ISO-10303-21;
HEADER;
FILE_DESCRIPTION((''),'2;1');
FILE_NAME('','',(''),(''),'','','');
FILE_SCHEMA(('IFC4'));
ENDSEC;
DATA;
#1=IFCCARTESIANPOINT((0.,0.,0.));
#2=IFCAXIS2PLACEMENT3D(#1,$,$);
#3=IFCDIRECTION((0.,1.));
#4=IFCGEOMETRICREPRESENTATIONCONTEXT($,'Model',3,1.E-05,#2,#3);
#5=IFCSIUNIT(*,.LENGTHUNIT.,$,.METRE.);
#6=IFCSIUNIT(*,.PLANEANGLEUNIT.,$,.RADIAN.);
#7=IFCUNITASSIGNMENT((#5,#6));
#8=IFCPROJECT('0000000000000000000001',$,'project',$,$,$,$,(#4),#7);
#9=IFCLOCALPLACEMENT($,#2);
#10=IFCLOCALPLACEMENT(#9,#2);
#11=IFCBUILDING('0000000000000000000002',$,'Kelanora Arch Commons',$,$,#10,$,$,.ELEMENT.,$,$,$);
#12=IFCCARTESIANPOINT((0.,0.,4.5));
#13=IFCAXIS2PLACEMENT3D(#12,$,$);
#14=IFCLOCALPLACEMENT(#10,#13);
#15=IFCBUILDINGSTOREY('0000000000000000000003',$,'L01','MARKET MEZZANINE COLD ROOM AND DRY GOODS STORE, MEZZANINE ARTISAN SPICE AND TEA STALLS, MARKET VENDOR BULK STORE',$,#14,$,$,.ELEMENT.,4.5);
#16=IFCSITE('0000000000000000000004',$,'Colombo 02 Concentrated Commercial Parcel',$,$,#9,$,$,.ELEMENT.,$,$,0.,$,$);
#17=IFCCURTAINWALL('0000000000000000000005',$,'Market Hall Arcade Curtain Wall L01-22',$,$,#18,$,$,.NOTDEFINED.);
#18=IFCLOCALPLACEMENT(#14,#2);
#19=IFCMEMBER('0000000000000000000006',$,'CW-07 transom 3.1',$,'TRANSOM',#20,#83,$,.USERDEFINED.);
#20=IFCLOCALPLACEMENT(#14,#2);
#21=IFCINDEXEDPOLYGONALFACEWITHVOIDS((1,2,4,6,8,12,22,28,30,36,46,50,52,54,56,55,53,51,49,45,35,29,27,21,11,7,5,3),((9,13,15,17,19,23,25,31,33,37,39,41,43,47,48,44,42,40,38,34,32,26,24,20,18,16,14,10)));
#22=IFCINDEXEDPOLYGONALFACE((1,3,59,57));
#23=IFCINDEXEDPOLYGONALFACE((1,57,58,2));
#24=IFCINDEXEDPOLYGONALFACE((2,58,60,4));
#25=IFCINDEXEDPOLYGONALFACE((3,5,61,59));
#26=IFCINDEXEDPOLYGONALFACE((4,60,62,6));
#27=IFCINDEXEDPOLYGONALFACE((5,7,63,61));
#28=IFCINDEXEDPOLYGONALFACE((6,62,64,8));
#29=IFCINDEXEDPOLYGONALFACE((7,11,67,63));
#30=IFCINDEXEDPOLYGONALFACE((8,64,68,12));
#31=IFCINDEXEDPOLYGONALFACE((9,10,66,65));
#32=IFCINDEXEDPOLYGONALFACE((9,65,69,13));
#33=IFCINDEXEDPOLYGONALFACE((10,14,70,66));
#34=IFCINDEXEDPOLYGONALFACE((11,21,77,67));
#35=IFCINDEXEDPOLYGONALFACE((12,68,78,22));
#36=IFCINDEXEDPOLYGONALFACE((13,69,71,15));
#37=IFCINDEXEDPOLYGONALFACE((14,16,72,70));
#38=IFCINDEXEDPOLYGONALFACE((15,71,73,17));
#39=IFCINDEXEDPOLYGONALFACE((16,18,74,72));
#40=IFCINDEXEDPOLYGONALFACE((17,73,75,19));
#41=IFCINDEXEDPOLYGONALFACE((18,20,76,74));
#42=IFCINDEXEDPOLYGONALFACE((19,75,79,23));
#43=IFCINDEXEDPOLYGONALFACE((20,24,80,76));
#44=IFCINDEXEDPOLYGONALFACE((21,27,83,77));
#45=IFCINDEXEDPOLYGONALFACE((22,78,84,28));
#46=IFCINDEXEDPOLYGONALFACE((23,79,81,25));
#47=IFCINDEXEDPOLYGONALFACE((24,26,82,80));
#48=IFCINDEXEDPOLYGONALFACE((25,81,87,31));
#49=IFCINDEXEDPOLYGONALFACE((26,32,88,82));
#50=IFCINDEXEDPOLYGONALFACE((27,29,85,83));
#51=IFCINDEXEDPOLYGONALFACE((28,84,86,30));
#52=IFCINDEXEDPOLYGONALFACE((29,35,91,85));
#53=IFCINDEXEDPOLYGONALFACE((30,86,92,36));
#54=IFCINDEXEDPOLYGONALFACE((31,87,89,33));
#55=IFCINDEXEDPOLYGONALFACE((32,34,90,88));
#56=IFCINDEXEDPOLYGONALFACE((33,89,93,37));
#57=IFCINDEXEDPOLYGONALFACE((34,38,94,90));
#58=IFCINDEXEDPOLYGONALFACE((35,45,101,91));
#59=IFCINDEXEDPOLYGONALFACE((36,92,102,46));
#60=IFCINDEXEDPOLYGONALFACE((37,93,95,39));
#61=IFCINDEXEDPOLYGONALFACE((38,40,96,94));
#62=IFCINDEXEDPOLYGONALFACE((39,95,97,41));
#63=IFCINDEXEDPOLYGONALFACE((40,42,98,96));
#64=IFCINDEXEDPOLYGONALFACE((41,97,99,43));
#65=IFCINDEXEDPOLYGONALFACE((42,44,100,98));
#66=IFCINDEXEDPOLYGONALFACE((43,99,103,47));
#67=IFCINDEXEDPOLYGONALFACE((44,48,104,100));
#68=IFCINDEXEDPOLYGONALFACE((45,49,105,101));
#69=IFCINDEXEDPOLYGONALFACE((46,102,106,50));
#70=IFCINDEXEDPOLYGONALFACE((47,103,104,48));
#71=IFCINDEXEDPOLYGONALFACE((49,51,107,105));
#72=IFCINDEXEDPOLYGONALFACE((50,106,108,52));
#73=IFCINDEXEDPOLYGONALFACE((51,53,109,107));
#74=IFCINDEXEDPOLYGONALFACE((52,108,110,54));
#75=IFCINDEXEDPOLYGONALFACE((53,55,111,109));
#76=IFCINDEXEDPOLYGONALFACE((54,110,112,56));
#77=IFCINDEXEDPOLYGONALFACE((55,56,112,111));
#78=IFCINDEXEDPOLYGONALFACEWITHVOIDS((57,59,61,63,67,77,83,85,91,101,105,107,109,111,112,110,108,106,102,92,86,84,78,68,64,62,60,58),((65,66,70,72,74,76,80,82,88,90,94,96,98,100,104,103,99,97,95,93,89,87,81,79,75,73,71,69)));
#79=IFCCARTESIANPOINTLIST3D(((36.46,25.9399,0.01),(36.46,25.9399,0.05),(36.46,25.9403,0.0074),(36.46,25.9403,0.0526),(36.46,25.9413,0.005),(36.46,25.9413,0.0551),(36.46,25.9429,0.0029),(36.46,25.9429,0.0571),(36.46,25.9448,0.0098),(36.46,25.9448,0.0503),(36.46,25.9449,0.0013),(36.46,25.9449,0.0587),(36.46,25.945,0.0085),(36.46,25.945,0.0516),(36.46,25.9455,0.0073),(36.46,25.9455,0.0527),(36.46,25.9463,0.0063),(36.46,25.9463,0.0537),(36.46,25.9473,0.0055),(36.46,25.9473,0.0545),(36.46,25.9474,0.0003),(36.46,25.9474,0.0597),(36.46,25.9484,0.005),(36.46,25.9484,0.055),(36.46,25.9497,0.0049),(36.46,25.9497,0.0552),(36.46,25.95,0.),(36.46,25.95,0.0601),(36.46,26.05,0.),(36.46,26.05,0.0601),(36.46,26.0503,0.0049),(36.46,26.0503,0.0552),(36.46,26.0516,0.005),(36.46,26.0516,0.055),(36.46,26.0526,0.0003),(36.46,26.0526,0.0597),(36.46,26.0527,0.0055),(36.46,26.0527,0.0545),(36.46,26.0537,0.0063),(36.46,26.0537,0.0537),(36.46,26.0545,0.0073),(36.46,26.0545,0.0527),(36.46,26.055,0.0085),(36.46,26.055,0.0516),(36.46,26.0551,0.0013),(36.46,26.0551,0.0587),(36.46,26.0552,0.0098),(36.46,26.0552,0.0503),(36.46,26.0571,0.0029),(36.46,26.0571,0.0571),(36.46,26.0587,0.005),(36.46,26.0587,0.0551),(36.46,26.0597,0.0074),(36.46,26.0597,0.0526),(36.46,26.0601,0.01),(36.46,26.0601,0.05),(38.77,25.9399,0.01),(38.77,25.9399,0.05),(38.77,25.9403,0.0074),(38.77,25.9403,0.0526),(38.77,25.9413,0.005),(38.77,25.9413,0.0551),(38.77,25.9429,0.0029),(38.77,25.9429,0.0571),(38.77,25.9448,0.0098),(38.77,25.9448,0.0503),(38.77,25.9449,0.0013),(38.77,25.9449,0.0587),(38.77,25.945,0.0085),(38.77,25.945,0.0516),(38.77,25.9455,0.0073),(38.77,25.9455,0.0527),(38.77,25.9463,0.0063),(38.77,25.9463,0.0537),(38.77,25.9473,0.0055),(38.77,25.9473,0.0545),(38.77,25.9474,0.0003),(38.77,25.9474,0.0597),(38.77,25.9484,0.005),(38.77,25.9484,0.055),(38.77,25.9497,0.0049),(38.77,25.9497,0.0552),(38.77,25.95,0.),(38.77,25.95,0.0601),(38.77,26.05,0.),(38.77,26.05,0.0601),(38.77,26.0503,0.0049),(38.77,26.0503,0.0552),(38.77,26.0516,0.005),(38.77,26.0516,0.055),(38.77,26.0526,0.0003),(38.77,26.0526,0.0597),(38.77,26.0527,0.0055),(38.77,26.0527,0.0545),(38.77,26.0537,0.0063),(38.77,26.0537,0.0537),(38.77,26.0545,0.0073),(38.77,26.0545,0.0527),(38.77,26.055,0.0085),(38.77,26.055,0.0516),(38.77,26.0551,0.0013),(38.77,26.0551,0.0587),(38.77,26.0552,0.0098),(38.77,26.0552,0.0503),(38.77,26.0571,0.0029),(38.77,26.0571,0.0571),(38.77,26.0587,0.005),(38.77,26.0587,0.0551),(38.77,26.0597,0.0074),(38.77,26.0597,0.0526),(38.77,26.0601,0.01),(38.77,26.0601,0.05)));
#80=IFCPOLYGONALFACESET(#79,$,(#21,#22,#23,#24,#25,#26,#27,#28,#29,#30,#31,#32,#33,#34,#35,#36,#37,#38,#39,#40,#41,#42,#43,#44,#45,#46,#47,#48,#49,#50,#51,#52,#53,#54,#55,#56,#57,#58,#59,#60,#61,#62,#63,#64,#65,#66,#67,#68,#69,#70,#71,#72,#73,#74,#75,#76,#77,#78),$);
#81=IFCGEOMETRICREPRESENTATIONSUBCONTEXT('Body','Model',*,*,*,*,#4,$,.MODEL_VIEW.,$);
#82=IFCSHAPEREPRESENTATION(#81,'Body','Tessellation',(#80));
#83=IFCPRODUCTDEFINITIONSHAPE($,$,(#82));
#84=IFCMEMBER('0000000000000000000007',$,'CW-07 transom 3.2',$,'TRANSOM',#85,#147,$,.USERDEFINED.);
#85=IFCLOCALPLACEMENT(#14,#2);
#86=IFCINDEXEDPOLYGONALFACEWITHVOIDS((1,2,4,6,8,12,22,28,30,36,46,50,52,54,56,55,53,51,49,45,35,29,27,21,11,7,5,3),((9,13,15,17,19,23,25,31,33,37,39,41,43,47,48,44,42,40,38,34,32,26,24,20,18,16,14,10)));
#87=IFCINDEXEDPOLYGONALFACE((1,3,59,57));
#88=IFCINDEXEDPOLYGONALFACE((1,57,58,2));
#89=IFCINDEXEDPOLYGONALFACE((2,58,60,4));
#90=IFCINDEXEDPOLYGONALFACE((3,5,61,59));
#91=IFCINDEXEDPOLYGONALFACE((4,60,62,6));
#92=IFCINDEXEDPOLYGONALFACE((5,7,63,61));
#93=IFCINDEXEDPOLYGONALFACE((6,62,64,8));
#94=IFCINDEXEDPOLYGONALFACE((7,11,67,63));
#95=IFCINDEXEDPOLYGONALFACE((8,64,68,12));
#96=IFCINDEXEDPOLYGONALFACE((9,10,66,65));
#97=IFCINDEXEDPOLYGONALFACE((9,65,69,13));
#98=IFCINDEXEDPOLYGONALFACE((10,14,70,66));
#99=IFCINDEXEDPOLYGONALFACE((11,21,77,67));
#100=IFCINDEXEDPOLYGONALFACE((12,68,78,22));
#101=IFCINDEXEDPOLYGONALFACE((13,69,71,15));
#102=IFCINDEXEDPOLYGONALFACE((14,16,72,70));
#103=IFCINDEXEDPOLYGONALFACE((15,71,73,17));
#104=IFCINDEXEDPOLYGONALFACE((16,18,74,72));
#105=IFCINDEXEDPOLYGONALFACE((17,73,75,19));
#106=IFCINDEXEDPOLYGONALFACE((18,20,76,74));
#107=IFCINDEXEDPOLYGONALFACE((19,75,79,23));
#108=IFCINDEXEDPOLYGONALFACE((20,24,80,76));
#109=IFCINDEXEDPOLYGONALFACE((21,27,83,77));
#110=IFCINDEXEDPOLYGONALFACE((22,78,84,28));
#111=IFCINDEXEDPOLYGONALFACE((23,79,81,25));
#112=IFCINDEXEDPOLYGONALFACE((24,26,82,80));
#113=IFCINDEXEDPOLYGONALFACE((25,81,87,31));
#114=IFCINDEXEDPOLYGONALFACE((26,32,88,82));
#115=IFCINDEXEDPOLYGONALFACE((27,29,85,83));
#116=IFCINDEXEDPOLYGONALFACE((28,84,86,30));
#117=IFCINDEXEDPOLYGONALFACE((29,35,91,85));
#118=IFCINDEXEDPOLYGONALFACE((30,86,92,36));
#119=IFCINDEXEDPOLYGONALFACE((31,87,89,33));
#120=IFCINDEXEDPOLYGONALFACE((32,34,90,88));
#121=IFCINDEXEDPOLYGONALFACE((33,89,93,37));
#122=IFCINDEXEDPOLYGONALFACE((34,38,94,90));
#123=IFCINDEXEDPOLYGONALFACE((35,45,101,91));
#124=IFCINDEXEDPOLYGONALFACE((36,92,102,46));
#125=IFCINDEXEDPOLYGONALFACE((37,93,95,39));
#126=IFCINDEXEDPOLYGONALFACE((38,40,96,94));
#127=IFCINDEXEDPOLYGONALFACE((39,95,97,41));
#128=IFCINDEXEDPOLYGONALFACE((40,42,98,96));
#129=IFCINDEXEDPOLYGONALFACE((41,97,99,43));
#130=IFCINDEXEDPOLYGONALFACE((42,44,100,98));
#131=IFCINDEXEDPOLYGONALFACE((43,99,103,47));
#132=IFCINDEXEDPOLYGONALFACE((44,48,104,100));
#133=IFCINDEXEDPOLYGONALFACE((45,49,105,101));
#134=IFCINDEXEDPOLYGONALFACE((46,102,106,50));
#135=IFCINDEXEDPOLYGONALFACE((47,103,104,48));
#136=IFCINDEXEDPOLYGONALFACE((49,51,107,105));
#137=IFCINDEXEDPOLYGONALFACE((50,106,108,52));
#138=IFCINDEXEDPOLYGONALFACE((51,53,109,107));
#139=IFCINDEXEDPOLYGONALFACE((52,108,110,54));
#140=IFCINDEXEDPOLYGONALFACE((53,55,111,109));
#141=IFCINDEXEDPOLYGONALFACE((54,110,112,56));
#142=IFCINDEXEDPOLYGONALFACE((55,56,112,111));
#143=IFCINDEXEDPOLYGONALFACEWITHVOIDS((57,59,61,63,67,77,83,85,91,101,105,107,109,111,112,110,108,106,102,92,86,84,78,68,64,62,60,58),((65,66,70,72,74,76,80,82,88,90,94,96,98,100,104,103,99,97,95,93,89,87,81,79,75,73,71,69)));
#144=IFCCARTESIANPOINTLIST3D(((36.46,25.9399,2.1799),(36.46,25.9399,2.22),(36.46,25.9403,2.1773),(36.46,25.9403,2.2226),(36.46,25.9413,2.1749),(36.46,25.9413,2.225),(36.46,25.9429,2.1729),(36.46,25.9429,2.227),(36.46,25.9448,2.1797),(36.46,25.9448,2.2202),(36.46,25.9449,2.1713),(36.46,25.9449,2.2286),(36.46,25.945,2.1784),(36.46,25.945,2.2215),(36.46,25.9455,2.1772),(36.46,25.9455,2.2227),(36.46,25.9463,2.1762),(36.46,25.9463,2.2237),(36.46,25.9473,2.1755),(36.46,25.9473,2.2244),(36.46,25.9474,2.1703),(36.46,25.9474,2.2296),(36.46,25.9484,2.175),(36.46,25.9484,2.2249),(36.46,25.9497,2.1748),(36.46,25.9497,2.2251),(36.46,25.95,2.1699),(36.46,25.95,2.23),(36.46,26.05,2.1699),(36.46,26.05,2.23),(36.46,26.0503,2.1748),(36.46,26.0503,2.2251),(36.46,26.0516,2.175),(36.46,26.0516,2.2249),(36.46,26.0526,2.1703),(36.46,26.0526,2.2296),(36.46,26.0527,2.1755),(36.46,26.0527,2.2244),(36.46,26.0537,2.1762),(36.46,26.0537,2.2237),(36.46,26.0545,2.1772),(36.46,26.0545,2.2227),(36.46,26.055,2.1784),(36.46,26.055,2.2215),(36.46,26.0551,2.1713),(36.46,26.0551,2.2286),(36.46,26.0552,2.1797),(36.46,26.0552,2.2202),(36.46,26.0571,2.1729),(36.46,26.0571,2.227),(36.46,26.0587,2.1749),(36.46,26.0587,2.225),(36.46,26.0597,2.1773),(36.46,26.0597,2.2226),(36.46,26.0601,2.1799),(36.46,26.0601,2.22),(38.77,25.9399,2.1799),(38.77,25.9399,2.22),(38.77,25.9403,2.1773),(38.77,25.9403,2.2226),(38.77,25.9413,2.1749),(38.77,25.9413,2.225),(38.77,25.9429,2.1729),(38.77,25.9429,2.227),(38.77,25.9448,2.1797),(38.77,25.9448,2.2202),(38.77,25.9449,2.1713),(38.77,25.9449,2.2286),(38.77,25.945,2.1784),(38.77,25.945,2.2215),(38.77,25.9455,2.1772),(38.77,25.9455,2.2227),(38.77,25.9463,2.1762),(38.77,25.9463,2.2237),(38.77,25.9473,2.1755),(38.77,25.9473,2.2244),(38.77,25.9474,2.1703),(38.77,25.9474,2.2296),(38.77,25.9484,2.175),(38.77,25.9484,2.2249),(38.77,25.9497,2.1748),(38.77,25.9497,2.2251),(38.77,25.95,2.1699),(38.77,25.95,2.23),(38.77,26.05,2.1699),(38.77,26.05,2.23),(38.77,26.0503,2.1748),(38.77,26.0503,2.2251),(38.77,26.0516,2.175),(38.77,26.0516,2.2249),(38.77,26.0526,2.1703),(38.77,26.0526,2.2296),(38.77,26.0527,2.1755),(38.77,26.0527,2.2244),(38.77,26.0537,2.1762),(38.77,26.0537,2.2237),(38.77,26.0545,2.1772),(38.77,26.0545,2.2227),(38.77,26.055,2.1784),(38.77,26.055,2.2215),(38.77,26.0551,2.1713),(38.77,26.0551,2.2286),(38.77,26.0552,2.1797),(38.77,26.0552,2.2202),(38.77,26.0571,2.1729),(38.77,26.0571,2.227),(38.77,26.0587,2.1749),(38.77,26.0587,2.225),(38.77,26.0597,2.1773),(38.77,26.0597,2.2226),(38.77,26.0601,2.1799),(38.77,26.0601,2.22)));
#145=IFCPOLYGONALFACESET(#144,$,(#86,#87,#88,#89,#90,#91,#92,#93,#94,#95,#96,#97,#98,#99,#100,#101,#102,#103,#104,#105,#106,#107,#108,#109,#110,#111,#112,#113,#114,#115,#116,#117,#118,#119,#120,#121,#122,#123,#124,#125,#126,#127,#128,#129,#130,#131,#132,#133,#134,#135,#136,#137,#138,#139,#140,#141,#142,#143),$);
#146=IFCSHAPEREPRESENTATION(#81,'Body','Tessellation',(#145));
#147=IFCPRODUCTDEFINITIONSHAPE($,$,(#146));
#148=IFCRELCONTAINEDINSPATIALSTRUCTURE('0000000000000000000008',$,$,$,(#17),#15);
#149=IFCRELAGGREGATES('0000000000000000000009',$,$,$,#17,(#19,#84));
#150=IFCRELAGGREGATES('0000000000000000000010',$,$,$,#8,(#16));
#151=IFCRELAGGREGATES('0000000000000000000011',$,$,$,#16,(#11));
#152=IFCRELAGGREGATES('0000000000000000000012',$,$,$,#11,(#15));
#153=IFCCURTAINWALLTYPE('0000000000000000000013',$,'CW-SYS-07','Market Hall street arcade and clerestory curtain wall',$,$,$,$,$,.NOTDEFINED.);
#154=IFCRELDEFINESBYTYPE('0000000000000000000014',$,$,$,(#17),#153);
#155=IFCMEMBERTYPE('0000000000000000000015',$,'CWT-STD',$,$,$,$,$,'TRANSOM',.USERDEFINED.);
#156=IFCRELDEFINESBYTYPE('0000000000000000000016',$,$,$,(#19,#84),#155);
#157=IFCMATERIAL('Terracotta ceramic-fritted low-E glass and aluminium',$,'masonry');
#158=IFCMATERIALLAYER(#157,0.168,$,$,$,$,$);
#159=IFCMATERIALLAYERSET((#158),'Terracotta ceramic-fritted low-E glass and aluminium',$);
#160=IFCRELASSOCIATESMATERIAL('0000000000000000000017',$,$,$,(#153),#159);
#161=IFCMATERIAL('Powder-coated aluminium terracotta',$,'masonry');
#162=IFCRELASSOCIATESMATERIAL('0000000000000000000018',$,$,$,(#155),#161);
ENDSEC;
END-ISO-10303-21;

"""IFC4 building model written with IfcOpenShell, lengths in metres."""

from ifc_helpers import new_model, si_unit, direction, frame, origin, origin_2d, place, context, subcontext, project, spatial, hollow_rectangle, extrude, material, layer, layer_set, material_profile, profile_set, type_object, element, aggregate, save


model = new_model("IFC4")

# Units and contexts
model_context = context("Model", 3, precision=1e-05, world=origin(), true_north=direction((0.0, 1.0)))
body_context = subcontext(model_context, "Body", "Model", "MODEL_VIEW")
ifc_project = project(units=[si_unit("LENGTHUNIT", "METRE"), si_unit("PLANEANGLEUNIT", "RADIAN")], contexts=[model_context])

# Site, building, storey
site_placement = place(None, origin())
site = spatial("IfcSite", under=ifc_project, at=site_placement, Name="Colombo 02 Concentrated Commercial Parcel", CompositionType="ELEMENT", RefElevation=0.0)
building_placement = place(site_placement, origin())
building = spatial("IfcBuilding", under=site, at=building_placement, Name="Kelanora Arch Commons", CompositionType="ELEMENT")
storey_placement = place(building_placement, frame((0.0, 0.0, 4.5)))
storey = spatial("IfcBuildingStorey", under=building, at=storey_placement, Name="L01", Description="MARKET MEZZANINE COLD ROOM AND DRY GOODS STORE, MEZZANINE ARTISAN SPICE AND TEA STALLS, MARKET VENDOR BULK STORE", CompositionType="ELEMENT", Elevation=4.5)

# Curtain wall, members
ifc_material_1 = material(Name="Terracotta ceramic-fritted low-E glass and aluminium", Category="masonry")
ifc_layer_1 = layer(ifc_material_1, 0.168)
ifc_layer_set_1 = layer_set([ifc_layer_1], Name="Terracotta ceramic-fritted low-E glass and aluminium")
curtain_wall_type = type_object("IfcCurtainWallType", Name="CW-SYS-07", Description="Market Hall street arcade and clerestory curtain wall", PredefinedType="NOTDEFINED", material=ifc_layer_set_1)
curtain_wall_placement = place(storey_placement, origin())
curtain_wall = element("IfcCurtainWall", 1, at=curtain_wall_placement, inside=storey, type_object=curtain_wall_type, Name="Market Hall Arcade Curtain Wall L01-22", PredefinedType="NOTDEFINED")
ifc_material_2 = material(Name="Powder-coated aluminium terracotta", Category="masonry")
ifc_material_profile_1 = material_profile(ifc_material_2, hollow_rectangle(XDim=0.1201, YDim=0.0601, WallThickness=0.0049, InnerFilletRadius=0.0049, OuterFilletRadius=0.01, at=origin_2d()), Name="CWT120x60")
ifc_profile_set_1 = profile_set([ifc_material_profile_1], Name="Powder-coated aluminium terracotta")
member_type_1 = type_object("IfcMemberType", Name="CWT-STD", ElementType="TRANSOM", PredefinedType="USERDEFINED", material=ifc_profile_set_1)
member_1_placement = place(storey_placement, frame((38.77, 26.0, 0.03), z_axis=(-1.0, 0.0, 0.0), x_axis=(0.0, -1.0, 0.0)))
member_1 = element("IfcMember", 2, at=member_1_placement, type_object=member_type_1, Name="CW-07 transom 3.1", ObjectType="TRANSOM", PredefinedType="USERDEFINED", context=body_context, shape_type="SweptSolid", body=[
    extrude(hollow_rectangle(XDim=0.1201, YDim=0.0601, WallThickness=0.0049, InnerFilletRadius=0.0049, OuterFilletRadius=0.01, at=origin_2d()), origin(), (0.0, 0.0, 1.0), 2.3101),
])
member_2_placement = place(storey_placement, frame((38.77, 26.0, 2.2), z_axis=(-1.0, 0.0, 0.0), x_axis=(0.0, -1.0, 0.0)))
member_2 = element("IfcMember", 3, at=member_2_placement, type_object=member_type_1, Name="CW-07 transom 3.2", ObjectType="TRANSOM", PredefinedType="USERDEFINED", context=body_context, shape_type="SweptSolid", body=[
    extrude(hollow_rectangle(XDim=0.1201, YDim=0.0601, WallThickness=0.0049, InnerFilletRadius=0.0049, OuterFilletRadius=0.01, at=origin_2d()), origin(), (0.0, 0.0, 1.0), 2.3101),
])
aggregate(curtain_wall, [member_1, member_2])

save(model, "model.ifc")
